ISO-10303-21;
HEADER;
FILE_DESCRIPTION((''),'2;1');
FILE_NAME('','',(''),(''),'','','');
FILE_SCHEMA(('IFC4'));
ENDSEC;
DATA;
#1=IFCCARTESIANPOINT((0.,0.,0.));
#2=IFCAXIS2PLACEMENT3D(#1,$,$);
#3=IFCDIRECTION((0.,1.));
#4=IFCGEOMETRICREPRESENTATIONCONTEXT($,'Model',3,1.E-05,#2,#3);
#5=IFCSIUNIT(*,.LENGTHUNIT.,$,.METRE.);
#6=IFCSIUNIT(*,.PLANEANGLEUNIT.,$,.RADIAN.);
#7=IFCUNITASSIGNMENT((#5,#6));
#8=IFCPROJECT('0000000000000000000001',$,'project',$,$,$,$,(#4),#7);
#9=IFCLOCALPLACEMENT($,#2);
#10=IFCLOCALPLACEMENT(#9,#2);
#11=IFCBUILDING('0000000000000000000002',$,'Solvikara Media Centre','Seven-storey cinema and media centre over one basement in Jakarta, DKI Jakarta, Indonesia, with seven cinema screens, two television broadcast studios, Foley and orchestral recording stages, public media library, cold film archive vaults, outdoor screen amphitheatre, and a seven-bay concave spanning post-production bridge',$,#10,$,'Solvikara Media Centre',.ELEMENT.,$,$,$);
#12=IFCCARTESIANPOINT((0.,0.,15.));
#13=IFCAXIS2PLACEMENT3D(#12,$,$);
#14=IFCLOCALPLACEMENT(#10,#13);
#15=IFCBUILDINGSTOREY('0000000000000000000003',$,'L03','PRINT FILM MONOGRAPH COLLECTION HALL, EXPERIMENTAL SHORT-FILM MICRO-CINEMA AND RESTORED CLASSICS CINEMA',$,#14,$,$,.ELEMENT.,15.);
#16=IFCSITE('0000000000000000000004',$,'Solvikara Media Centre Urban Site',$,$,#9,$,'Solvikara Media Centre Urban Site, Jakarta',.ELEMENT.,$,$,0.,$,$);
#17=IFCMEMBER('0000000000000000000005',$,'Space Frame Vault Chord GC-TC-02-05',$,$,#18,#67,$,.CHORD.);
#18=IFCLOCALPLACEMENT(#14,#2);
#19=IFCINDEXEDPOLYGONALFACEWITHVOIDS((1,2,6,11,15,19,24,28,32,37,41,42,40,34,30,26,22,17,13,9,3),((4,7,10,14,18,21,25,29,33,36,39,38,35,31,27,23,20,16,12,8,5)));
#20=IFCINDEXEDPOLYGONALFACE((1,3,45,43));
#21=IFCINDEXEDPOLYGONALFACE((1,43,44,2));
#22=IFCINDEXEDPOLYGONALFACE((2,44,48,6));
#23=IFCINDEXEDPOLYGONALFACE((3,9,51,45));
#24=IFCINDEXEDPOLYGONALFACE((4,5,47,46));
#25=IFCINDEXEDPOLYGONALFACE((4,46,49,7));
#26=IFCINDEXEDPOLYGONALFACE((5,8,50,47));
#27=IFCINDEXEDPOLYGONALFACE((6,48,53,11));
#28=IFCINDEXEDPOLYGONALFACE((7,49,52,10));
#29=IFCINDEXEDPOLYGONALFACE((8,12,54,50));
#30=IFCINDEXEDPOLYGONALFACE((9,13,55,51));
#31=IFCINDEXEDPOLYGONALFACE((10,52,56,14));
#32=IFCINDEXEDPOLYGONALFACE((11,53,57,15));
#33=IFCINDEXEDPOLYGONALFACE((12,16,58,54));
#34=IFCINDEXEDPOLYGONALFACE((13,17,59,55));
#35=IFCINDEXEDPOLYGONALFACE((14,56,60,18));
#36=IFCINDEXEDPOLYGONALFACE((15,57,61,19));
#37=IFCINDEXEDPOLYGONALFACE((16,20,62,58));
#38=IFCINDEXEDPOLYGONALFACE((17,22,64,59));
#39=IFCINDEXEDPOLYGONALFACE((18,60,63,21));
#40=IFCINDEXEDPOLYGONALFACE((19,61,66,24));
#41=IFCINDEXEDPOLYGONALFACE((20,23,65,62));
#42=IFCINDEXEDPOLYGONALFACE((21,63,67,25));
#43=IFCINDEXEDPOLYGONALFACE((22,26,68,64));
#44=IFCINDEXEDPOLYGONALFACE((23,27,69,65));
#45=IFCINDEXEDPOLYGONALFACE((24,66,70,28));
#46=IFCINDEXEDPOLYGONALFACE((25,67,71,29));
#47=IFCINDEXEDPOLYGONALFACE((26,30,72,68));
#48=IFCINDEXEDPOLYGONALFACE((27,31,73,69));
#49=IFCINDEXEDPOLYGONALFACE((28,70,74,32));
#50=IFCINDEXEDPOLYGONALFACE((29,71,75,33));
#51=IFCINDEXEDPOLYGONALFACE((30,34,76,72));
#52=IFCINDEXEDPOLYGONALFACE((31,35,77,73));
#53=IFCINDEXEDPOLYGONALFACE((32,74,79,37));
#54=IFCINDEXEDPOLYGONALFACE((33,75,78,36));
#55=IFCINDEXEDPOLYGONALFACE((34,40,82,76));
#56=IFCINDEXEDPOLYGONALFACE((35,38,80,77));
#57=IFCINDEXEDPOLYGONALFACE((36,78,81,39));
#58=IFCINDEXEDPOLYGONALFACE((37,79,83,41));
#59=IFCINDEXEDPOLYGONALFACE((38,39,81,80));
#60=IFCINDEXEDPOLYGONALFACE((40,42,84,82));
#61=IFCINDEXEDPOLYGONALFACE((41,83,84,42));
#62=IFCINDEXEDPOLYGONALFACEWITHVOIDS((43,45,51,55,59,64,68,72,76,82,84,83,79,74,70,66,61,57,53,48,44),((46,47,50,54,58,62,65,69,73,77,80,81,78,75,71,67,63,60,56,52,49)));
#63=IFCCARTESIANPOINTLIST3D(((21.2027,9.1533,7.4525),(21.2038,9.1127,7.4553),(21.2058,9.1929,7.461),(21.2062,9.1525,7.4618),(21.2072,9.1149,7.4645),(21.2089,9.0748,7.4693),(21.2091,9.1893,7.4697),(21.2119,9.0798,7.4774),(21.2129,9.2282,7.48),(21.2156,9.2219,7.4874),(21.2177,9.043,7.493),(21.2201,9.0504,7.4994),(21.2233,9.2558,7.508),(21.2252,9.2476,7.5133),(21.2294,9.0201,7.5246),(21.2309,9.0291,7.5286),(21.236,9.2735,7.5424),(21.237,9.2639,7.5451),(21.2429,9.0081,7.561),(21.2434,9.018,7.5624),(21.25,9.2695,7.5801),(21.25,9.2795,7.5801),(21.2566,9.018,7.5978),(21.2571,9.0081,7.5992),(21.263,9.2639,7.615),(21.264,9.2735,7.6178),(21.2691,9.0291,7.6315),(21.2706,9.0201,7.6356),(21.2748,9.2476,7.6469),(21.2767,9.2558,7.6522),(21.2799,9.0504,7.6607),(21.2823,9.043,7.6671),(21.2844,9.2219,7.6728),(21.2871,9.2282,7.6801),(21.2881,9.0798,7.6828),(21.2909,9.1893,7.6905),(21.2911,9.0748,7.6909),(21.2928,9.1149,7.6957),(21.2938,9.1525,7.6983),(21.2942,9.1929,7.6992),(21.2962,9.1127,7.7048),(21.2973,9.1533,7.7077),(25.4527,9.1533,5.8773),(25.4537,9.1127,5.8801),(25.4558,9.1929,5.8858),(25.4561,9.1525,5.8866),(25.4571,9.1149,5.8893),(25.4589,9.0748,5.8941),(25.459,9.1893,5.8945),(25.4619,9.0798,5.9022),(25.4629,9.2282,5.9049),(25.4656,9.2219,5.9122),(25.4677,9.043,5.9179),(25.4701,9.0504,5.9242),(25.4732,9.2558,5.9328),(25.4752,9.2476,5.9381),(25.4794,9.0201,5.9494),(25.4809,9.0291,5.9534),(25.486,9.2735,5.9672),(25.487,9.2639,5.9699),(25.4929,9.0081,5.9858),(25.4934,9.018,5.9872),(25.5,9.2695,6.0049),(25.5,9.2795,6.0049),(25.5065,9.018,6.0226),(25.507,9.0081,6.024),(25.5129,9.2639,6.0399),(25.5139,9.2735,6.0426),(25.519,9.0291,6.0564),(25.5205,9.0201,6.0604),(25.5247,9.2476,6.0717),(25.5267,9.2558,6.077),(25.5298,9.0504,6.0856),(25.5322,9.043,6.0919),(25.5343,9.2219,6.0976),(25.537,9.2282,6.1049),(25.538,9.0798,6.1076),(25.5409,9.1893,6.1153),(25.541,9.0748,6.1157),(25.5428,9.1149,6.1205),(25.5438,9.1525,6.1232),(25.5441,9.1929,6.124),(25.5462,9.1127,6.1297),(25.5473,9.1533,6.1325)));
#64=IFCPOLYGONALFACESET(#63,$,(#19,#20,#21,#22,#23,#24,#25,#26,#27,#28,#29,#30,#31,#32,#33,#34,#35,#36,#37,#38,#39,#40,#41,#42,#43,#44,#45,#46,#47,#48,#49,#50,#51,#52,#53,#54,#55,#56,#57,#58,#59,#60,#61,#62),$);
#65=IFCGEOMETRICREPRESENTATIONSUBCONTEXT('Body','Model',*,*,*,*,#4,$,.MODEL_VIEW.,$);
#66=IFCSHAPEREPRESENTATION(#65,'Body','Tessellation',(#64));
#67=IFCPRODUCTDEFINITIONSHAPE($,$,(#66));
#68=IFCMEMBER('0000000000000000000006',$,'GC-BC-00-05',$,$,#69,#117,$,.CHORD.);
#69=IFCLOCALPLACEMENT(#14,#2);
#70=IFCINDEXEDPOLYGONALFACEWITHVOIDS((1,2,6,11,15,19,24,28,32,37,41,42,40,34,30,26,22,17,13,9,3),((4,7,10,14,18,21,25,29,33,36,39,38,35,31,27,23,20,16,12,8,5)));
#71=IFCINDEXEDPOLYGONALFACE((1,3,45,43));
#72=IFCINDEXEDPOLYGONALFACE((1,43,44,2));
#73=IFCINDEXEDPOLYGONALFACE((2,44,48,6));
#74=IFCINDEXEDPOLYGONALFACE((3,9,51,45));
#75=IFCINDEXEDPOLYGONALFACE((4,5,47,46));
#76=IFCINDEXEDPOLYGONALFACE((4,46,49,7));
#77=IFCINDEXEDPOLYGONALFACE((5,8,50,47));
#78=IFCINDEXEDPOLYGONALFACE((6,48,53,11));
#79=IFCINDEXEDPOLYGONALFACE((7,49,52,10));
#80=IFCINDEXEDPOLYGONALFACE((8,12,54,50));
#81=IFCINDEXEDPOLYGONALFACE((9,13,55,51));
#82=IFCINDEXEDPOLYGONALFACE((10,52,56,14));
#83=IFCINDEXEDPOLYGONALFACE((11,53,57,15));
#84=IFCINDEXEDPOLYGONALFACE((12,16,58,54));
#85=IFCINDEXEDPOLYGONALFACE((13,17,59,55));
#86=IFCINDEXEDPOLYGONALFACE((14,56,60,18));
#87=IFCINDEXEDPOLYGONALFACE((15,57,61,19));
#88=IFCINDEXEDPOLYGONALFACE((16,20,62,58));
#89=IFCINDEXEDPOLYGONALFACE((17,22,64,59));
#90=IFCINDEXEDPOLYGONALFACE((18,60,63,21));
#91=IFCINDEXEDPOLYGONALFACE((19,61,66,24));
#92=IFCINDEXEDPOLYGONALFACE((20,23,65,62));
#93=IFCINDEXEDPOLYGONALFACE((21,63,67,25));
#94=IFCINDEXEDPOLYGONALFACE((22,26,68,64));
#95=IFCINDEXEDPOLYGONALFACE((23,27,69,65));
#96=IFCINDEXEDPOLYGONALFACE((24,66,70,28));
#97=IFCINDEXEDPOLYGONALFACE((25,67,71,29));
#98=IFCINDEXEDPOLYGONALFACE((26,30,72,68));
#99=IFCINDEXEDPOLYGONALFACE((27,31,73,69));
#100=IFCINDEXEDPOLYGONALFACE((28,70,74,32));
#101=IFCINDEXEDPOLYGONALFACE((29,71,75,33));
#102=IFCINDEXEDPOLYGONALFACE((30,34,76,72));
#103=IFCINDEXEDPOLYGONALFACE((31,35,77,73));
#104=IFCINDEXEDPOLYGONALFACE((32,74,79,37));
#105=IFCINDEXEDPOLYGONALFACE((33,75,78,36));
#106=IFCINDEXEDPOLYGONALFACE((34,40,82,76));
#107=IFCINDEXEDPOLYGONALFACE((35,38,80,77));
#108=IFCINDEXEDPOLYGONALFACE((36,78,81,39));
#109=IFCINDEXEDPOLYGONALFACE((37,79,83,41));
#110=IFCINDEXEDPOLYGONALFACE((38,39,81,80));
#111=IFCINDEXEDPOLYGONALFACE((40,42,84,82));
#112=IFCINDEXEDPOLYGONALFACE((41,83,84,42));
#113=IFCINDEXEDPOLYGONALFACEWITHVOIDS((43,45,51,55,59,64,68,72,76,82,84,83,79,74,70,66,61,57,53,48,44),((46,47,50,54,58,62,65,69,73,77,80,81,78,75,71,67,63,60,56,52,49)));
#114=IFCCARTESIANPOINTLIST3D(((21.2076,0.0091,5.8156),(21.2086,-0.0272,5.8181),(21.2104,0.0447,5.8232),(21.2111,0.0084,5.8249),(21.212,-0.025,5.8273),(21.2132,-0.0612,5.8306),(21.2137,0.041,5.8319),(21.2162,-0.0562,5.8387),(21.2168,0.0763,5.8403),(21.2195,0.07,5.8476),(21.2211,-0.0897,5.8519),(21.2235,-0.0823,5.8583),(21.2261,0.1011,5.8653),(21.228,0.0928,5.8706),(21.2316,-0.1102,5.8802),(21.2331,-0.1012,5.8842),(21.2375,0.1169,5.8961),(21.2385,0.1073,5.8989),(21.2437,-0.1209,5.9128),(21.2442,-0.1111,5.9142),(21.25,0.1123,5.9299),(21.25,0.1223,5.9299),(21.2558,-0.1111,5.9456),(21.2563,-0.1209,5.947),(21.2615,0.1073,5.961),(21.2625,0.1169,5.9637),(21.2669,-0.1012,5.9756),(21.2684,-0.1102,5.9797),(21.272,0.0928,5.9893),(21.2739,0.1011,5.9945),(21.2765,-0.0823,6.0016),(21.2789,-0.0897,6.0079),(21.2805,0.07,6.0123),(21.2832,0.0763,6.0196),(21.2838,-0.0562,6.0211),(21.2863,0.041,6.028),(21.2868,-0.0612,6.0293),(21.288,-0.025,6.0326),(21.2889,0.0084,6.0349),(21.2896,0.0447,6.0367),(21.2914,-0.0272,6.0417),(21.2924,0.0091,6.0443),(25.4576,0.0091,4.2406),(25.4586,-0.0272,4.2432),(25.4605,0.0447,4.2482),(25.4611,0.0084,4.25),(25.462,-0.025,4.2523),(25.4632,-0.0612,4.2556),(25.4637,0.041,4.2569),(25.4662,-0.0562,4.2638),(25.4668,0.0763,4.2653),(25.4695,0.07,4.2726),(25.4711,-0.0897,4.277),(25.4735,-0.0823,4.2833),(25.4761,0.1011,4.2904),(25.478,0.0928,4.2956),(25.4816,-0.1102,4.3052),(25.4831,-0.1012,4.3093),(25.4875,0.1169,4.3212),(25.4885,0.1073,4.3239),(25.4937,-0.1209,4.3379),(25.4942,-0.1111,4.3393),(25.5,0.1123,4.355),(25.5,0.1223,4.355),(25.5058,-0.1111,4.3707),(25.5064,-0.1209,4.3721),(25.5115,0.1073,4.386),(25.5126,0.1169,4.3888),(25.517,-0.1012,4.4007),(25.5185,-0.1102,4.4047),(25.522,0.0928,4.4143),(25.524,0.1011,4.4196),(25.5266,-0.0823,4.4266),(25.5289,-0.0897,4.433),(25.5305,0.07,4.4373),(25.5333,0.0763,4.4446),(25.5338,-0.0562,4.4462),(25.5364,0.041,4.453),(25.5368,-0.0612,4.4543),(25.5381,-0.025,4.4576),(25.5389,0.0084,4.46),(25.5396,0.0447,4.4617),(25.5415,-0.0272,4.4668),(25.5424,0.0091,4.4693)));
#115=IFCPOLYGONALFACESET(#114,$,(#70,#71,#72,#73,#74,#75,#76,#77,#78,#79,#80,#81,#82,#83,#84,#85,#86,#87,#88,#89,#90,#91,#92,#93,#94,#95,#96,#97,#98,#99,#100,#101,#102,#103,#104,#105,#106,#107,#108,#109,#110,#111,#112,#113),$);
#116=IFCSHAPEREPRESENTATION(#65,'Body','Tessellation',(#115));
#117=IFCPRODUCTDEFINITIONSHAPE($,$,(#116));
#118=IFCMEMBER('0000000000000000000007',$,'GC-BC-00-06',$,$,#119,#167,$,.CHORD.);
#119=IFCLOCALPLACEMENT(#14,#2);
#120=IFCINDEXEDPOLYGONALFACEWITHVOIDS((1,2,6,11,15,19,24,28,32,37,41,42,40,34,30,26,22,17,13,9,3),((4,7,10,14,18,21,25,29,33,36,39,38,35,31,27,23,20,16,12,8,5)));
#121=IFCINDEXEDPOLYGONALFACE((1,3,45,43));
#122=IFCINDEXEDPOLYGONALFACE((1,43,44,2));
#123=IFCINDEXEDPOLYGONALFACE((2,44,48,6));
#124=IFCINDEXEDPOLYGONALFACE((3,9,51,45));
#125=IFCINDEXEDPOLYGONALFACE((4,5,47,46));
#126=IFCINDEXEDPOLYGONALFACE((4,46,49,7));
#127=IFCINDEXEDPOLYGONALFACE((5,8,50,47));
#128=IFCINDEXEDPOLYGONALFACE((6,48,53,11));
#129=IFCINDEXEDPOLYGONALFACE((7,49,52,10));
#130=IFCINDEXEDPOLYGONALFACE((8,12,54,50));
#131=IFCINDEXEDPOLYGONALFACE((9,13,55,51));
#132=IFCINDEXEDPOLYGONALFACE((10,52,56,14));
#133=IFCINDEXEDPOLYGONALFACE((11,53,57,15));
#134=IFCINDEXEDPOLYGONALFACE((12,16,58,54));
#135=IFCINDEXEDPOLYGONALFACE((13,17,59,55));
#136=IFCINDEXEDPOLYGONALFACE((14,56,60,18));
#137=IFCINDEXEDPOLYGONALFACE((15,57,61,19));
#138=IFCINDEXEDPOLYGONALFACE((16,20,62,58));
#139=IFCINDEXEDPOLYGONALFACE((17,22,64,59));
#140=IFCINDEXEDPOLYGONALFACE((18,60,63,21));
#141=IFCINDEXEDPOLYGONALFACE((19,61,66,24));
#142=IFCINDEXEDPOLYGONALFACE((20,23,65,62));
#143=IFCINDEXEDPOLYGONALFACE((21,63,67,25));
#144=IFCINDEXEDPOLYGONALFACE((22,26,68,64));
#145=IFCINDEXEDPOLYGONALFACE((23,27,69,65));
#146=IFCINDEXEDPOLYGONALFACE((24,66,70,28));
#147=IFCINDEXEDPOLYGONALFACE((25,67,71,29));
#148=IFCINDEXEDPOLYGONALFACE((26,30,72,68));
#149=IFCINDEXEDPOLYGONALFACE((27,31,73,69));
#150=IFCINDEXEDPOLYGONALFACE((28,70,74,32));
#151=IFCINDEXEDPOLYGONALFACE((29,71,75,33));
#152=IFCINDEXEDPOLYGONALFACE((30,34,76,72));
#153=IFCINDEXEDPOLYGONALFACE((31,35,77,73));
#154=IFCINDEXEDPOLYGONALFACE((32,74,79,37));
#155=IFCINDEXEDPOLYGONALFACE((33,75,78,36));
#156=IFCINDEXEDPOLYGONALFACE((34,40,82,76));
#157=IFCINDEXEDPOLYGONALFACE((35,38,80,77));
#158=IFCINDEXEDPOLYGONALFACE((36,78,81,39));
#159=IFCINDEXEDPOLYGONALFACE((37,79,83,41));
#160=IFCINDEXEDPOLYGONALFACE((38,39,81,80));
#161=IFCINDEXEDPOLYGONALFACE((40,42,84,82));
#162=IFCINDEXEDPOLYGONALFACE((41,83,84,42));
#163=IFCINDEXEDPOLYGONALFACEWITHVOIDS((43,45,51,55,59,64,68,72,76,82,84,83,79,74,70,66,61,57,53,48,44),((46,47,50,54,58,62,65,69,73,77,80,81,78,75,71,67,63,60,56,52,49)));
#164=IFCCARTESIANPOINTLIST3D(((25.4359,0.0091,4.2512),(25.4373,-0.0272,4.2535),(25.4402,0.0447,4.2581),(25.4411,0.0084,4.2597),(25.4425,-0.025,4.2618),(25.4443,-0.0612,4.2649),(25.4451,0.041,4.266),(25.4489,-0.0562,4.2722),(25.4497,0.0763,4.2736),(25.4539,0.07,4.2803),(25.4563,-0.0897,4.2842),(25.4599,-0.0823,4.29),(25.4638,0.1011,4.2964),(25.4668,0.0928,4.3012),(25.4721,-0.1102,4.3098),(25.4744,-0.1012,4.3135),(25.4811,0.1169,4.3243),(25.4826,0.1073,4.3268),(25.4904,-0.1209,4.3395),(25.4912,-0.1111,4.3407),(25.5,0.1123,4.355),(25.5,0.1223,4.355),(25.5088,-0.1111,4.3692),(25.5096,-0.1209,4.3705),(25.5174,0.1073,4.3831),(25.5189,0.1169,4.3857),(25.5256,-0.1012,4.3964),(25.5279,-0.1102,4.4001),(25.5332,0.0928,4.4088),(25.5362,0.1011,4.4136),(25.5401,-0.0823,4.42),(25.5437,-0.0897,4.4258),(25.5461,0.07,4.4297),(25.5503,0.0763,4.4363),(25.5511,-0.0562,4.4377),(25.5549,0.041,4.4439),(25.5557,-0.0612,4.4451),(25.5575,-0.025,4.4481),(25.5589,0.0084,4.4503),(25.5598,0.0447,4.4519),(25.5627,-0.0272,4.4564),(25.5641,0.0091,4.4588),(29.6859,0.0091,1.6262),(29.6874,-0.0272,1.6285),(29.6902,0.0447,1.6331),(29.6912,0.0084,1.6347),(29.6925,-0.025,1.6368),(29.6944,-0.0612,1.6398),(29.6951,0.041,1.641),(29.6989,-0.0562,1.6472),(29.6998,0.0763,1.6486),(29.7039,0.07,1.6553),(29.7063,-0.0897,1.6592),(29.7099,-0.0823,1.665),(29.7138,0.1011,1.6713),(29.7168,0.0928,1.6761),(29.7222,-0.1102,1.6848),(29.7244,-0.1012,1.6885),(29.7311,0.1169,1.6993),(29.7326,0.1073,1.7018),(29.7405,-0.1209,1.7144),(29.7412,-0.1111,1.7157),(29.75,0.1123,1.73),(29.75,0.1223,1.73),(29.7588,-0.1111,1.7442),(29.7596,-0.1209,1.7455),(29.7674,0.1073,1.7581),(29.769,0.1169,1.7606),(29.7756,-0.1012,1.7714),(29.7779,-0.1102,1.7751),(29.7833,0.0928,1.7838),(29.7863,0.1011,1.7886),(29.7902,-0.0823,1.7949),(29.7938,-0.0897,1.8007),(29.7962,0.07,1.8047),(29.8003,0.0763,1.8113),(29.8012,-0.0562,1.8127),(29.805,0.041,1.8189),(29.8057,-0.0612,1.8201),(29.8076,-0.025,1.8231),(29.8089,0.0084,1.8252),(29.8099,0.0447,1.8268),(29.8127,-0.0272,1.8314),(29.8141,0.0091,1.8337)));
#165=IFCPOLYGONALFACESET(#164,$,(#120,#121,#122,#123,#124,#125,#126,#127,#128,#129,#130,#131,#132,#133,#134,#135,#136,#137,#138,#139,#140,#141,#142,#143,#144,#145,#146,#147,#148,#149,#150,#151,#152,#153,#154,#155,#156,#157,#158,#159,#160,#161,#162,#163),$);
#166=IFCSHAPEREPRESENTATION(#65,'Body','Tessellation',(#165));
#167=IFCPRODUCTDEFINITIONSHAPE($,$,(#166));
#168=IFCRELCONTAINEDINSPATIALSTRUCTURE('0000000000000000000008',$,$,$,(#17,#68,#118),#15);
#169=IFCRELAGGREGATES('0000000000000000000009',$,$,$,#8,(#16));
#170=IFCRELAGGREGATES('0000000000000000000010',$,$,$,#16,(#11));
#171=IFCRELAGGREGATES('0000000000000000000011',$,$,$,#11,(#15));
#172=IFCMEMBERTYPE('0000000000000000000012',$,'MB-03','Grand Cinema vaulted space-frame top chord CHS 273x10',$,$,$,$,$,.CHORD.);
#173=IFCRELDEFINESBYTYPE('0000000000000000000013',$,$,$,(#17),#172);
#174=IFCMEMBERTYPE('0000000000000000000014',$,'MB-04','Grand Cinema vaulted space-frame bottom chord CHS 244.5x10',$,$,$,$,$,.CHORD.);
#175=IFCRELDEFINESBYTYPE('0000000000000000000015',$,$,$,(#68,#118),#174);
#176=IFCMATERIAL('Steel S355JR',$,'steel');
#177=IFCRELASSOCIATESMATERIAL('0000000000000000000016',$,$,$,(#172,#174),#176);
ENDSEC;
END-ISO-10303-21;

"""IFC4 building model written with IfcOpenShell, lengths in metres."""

from ifc_helpers import new_model, si_unit, direction, frame, origin, origin_2d, place, context, subcontext, project, spatial, hollow_circle, extrude, material, material_profile, profile_set, type_object, element, save


model = new_model("IFC4")

# Units and contexts
model_context = context("Model", 3, precision=1e-05, world=origin(), true_north=direction((0.0, 1.0)))
body_context = subcontext(model_context, "Body", "Model", "MODEL_VIEW")
ifc_project = project(units=[si_unit("LENGTHUNIT", "METRE"), si_unit("PLANEANGLEUNIT", "RADIAN")], contexts=[model_context])

# Site, building, storey
site_placement = place(None, origin())
site = spatial("IfcSite", under=ifc_project, at=site_placement, Name="Solvikara Media Centre Urban Site", LongName="Solvikara Media Centre Urban Site, Jakarta", CompositionType="ELEMENT", RefElevation=0.0)
building_placement = place(site_placement, origin())
building = spatial("IfcBuilding", under=site, at=building_placement, Name="Solvikara Media Centre", Description="Seven-storey cinema and media centre over one basement in Jakarta, DKI Jakarta, Indonesia, with seven cinema screens, two television broadcast studios, Foley and orchestral recording stages, public media library, cold film archive vaults, outdoor screen amphitheatre, and a seven-bay concave spanning post-production bridge", LongName="Solvikara Media Centre", CompositionType="ELEMENT")
storey_placement = place(building_placement, frame((0.0, 0.0, 15.0)))
storey = spatial("IfcBuildingStorey", under=building, at=storey_placement, Name="L03", Description="PRINT FILM MONOGRAPH COLLECTION HALL, EXPERIMENTAL SHORT-FILM MICRO-CINEMA AND RESTORED CLASSICS CINEMA", CompositionType="ELEMENT", Elevation=15.0)

# Members
ifc_material_1 = material(Name="Steel S355JR", Category="steel")
ifc_material_profile_1 = material_profile(ifc_material_1, hollow_circle(Radius=0.1365, WallThickness=0.01, at=origin_2d()), Name="CHS 273x10")
ifc_profile_set_1 = profile_set([ifc_material_profile_1], Name="Steel S355JR")
member_type_1 = type_object("IfcMemberType", Name="MB-03", Description="Grand Cinema vaulted space-frame top chord CHS 273x10", PredefinedType="CHORD", material=ifc_profile_set_1)
for number, where, z_axis, x_axis, name in (
    (1, (21.25, 9.1431, 7.5801), (0.937668, 0.0, -0.347532), (0.0, 1.0, 0.0), "Space Frame Vault Chord GC-TC-02-05"),
):
    element("IfcMember", number, at=place(storey_placement, frame(where, z_axis=z_axis, x_axis=x_axis)), inside=storey, type_object=member_type_1, Name=name, PredefinedType="CHORD", context=body_context, shape_type="SweptSolid", body=[
        extrude(hollow_circle(Radius=0.1365, WallThickness=0.01, at=origin_2d()), origin(), (0.0, 0.0, 1.0), 4.5325),
    ])
ifc_material_profile_2 = material_profile(ifc_material_1, hollow_circle(Radius=0.1223, WallThickness=0.01, at=origin_2d()), Name="CHS 244.5x10")
ifc_profile_set_2 = profile_set([ifc_material_profile_2], Name="Steel S355JR")
member_type_2 = type_object("IfcMemberType", Name="MB-04", Description="Grand Cinema vaulted space-frame bottom chord CHS 244.5x10", PredefinedType="CHORD", material=ifc_profile_set_2)
member_1_placement = place(storey_placement, frame((21.25, 0.0, 5.9299), z_axis=(0.937686, 0.0, -0.347485), x_axis=(0.0, 1.0, 0.0)))
element("IfcMember", 2, at=member_1_placement, inside=storey, type_object=member_type_2, Name="GC-BC-00-05", PredefinedType="CHORD", context=body_context, shape_type="SweptSolid", body=[
    extrude(hollow_circle(Radius=0.1223, WallThickness=0.01, at=origin_2d()), origin(), (0.0, 0.0, 1.0), 4.5325),
])
member_2_placement = place(storey_placement, frame((25.5, 0.0, 4.355), z_axis=(0.850798, 0.0, -0.525493), x_axis=(0.0, 1.0, 0.0)))
element("IfcMember", 3, at=member_2_placement, inside=storey, type_object=member_type_2, Name="GC-BC-00-06", PredefinedType="CHORD", context=body_context, shape_type="SweptSolid", body=[
    extrude(hollow_circle(Radius=0.1223, WallThickness=0.01, at=origin_2d()), origin(), (0.0, 0.0, 1.0), 4.9954),
])

save(model, "model.ifc")
